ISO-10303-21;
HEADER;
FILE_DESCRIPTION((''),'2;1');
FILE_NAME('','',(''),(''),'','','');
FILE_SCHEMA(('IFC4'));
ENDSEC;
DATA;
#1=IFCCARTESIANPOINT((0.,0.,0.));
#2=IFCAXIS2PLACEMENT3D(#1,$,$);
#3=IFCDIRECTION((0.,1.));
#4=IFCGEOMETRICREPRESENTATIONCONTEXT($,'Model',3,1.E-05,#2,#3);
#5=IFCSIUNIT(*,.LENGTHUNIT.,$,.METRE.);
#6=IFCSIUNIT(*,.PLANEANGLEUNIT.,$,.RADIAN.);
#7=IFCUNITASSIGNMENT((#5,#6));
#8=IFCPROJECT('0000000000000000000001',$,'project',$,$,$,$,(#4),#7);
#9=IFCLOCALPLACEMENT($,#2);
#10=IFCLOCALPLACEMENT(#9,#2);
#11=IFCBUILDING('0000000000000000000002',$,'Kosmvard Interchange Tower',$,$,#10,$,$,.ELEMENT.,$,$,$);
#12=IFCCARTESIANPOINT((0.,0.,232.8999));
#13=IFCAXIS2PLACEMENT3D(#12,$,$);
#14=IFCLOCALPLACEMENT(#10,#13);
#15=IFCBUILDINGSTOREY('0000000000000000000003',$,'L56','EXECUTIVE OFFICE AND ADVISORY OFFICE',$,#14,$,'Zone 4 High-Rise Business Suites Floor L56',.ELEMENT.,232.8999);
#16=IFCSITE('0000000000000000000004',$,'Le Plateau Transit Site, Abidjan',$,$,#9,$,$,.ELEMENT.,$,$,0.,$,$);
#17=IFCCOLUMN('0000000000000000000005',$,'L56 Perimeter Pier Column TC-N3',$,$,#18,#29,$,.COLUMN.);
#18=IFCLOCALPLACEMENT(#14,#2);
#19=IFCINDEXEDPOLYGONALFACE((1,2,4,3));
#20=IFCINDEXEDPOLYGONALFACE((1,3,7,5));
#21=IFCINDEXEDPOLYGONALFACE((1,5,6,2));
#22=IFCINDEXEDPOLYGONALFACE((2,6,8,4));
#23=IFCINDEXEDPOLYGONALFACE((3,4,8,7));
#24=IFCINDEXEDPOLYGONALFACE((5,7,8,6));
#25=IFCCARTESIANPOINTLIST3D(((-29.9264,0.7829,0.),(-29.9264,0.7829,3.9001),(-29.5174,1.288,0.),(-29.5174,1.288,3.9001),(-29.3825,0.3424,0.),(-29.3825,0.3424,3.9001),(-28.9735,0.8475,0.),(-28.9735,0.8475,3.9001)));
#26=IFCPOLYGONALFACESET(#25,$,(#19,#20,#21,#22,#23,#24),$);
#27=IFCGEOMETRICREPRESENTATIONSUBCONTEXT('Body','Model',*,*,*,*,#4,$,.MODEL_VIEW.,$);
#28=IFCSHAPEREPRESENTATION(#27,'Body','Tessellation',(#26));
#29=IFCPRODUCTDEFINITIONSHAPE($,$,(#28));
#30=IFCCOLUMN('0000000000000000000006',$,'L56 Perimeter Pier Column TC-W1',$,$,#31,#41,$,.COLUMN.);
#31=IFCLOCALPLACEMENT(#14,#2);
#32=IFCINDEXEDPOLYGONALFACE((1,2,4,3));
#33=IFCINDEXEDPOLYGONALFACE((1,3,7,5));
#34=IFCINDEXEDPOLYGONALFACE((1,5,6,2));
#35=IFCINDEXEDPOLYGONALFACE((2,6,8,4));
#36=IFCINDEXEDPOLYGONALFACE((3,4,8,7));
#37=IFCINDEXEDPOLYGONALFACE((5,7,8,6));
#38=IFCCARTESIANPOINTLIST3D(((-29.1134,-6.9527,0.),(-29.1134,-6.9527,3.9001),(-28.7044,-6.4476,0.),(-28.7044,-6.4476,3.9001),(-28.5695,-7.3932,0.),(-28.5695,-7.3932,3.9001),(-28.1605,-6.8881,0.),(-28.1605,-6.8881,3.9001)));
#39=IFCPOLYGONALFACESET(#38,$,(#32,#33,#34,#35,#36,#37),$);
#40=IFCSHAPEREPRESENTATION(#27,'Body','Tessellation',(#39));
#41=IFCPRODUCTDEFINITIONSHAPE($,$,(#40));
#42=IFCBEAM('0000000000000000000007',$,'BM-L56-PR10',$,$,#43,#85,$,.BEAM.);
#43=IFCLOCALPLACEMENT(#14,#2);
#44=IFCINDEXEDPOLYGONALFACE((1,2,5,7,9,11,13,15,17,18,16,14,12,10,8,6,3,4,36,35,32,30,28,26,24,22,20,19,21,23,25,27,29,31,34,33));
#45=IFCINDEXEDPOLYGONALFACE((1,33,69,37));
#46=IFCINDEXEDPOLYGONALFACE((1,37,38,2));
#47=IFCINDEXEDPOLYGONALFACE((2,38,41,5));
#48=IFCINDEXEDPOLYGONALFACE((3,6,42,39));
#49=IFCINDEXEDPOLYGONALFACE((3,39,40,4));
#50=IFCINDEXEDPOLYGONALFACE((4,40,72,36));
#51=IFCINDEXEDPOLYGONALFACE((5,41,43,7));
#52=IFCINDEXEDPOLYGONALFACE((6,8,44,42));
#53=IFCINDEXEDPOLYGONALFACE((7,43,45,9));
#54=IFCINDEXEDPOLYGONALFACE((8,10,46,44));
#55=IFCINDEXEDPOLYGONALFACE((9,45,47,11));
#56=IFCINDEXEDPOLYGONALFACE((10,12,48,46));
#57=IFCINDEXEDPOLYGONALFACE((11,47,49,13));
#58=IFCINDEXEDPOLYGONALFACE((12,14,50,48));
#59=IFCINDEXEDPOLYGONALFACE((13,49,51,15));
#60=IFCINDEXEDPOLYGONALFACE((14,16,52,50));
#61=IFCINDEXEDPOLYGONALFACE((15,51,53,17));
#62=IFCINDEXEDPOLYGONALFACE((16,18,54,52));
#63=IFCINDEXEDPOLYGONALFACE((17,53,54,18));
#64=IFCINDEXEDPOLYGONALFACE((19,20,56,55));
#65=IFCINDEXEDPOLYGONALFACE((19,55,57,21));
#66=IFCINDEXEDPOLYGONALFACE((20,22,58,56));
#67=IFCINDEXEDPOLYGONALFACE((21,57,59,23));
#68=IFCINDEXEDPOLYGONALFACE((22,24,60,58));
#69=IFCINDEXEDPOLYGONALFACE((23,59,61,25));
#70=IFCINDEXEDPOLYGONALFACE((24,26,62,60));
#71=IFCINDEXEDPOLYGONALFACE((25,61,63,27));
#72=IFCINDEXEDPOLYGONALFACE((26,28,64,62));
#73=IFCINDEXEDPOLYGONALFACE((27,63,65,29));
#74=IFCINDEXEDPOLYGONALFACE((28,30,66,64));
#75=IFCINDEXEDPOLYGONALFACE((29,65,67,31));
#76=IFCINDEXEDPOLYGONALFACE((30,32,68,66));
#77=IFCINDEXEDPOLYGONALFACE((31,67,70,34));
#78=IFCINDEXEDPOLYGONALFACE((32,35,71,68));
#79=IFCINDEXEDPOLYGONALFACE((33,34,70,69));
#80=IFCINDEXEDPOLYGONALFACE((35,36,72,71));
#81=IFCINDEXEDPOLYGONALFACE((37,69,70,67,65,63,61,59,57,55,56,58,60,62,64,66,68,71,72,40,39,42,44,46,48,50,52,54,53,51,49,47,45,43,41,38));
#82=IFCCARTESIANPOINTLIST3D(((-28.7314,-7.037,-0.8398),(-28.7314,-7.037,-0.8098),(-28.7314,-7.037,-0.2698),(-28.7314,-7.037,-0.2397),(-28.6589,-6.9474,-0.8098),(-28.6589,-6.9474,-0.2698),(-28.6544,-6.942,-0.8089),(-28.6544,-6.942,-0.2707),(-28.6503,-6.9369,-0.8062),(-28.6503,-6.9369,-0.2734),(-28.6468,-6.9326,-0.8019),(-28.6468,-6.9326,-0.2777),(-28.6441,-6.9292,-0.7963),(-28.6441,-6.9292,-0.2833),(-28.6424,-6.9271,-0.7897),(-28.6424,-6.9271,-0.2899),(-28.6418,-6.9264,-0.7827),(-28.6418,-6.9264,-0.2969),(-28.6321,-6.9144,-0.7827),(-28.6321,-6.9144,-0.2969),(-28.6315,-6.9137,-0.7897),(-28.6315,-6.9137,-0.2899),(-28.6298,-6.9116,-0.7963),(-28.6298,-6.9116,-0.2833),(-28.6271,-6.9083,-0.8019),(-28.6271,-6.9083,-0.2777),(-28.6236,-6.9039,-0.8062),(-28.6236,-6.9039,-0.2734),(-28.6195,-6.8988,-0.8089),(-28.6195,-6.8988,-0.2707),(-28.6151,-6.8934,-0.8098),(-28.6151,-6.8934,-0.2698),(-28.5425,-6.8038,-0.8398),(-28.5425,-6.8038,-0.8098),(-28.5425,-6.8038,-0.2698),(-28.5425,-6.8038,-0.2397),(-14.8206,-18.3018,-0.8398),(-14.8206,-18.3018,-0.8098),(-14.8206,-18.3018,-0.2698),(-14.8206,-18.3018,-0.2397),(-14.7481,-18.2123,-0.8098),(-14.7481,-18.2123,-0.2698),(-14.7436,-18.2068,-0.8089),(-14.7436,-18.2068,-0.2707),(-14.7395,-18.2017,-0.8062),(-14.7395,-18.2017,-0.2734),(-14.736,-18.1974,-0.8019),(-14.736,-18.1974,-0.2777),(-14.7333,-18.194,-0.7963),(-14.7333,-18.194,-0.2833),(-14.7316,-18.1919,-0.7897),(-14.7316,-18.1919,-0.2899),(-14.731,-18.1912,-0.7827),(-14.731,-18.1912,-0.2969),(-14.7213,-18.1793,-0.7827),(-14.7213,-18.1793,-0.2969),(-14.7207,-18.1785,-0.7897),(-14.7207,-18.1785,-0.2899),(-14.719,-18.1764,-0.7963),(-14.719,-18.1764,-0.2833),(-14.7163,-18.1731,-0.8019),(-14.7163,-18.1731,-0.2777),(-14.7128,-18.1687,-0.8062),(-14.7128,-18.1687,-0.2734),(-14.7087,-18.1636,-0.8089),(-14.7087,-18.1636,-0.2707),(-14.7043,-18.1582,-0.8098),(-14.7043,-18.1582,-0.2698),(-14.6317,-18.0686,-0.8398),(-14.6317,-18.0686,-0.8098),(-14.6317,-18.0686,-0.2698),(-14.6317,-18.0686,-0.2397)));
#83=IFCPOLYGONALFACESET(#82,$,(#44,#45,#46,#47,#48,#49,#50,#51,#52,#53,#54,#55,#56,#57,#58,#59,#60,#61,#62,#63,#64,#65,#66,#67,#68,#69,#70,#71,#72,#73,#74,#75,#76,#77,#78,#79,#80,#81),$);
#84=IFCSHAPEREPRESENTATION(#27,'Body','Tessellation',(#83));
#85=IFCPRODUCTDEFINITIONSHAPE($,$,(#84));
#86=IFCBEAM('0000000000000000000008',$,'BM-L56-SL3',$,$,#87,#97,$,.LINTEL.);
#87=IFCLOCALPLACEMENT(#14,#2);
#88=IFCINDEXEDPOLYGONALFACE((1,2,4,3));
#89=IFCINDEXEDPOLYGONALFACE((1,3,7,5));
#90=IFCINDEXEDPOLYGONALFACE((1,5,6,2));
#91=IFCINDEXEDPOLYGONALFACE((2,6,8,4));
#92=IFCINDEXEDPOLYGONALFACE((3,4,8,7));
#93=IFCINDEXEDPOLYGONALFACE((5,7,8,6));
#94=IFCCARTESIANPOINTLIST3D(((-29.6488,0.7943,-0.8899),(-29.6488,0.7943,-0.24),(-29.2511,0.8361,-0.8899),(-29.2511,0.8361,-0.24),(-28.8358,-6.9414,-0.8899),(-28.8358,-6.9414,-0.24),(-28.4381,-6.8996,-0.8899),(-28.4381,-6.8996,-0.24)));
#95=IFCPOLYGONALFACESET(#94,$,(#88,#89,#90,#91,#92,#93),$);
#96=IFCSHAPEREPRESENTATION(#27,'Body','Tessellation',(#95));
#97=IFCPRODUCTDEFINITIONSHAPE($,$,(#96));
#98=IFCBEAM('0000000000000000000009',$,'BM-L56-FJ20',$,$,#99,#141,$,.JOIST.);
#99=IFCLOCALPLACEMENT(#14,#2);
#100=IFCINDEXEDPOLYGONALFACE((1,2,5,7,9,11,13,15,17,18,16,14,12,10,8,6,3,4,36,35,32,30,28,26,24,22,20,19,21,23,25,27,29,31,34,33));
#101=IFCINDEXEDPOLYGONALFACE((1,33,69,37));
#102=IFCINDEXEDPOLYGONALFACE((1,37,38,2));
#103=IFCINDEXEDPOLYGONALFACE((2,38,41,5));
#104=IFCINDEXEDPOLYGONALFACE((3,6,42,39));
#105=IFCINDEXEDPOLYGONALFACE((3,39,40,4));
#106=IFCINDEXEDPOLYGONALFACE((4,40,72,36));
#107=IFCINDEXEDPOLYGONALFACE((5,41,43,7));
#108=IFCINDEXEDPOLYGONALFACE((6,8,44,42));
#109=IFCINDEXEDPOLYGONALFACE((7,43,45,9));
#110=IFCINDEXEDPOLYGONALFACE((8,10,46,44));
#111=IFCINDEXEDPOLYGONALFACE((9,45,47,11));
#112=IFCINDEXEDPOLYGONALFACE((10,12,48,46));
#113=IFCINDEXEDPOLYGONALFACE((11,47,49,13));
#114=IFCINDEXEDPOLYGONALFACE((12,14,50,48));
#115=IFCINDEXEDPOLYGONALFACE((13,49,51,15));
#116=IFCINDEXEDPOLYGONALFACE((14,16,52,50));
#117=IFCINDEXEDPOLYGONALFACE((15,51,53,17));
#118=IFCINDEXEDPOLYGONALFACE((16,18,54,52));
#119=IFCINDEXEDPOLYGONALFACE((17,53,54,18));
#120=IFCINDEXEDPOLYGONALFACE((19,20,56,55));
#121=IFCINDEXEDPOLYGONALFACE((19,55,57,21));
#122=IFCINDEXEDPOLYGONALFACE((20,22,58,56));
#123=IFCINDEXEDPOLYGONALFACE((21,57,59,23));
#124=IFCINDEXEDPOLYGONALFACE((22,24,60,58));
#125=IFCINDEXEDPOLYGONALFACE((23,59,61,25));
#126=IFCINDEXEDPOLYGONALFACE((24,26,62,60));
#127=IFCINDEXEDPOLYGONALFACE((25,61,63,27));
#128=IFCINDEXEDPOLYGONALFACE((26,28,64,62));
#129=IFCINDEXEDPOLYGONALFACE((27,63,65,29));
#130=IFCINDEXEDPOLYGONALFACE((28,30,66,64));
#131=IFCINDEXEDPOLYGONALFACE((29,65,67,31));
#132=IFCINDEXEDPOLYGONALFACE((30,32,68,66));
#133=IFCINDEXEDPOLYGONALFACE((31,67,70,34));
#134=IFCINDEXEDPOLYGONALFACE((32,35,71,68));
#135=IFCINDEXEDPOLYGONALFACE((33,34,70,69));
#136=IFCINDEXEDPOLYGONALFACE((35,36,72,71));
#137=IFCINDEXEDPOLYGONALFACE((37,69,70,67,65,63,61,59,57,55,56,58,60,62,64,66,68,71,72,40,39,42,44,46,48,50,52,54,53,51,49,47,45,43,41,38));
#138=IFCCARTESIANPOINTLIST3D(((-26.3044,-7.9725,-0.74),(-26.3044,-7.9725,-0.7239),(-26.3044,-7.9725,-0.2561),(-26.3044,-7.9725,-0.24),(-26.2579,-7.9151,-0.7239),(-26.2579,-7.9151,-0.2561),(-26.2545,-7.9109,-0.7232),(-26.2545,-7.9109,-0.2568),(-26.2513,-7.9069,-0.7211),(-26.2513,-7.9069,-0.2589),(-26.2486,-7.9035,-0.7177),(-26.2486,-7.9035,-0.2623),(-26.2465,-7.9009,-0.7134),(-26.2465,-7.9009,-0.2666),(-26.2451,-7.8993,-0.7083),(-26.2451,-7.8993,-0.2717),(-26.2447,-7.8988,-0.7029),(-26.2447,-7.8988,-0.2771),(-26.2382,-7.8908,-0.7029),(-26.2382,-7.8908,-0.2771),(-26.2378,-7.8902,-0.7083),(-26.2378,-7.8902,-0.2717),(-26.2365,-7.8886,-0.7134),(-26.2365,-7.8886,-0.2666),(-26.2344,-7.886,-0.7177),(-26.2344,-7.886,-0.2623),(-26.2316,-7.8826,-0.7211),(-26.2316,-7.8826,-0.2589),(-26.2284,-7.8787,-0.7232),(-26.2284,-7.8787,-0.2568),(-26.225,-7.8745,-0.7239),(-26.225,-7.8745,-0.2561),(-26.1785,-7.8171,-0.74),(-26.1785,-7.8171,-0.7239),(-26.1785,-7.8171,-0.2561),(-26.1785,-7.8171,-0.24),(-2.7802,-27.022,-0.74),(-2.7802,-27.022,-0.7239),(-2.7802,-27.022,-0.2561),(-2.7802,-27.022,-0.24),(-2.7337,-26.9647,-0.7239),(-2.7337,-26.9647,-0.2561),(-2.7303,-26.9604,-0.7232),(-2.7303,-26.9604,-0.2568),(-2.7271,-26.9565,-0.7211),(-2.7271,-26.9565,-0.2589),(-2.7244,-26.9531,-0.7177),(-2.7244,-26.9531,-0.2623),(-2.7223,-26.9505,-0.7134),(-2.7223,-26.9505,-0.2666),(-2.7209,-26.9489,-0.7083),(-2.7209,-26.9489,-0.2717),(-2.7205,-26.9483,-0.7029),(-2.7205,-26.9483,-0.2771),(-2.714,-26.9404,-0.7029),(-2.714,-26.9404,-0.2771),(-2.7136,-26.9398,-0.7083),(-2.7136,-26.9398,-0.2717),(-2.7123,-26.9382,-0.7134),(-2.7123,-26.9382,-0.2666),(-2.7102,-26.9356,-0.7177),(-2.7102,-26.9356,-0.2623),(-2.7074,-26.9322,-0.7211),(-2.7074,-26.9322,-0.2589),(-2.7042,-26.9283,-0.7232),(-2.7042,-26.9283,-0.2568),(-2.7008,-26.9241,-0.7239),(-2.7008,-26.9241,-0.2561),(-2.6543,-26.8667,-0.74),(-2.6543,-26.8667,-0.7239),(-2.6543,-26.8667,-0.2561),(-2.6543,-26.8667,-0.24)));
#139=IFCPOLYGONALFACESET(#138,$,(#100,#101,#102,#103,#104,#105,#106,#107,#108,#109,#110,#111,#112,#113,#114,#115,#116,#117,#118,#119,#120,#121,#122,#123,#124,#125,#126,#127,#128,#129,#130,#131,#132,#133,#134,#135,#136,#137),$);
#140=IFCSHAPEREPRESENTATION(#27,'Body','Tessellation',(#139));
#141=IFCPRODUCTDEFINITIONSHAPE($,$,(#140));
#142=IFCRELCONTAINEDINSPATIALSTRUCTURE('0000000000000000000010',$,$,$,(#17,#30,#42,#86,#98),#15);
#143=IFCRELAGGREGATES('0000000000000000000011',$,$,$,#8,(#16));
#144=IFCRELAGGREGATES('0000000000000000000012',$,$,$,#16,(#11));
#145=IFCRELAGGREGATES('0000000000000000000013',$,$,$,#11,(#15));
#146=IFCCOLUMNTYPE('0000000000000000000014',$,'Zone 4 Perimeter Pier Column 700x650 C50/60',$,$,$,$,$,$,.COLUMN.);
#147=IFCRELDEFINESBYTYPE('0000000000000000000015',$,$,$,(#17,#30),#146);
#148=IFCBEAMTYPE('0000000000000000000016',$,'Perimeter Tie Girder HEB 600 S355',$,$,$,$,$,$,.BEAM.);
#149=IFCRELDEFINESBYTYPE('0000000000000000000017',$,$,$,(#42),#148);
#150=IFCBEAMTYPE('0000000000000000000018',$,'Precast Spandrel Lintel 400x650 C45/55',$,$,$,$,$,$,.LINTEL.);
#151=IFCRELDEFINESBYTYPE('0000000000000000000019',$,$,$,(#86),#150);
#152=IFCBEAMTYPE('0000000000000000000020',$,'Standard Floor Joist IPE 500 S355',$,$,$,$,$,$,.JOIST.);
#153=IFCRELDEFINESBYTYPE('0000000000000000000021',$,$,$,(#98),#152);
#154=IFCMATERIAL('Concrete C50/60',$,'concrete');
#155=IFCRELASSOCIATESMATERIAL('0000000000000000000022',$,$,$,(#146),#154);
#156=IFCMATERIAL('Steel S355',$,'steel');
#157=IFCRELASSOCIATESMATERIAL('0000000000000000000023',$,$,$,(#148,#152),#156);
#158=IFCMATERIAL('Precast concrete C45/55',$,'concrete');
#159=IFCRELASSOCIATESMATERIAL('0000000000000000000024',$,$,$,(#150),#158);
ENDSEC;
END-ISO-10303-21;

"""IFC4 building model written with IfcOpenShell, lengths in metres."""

from ifc_helpers import new_model, si_unit, direction, frame, origin, origin_2d, place, context, subcontext, project, spatial, rectangle, i_section, extrude, source, transform, mapped, material, material_profile, profile_set, type_object, element, save


model = new_model("IFC4")

# Units and contexts
model_context = context("Model", 3, precision=1e-05, world=origin(), true_north=direction((0.0, 1.0)))
body_context = subcontext(model_context, "Body", "Model", "MODEL_VIEW")
ifc_project = project(units=[si_unit("LENGTHUNIT", "METRE"), si_unit("PLANEANGLEUNIT", "RADIAN")], contexts=[model_context])

# Site, building, storey
site_placement = place(None, origin())
site = spatial("IfcSite", under=ifc_project, at=site_placement, Name="Le Plateau Transit Site, Abidjan", CompositionType="ELEMENT", RefElevation=0.0)
building_placement = place(site_placement, origin())
building = spatial("IfcBuilding", under=site, at=building_placement, Name="Kosmvard Interchange Tower", CompositionType="ELEMENT")
storey_placement = place(building_placement, frame((0.0, 0.0, 232.8999)))
storey = spatial("IfcBuildingStorey", under=building, at=storey_placement, Name="L56", Description="EXECUTIVE OFFICE AND ADVISORY OFFICE", LongName="Zone 4 High-Rise Business Suites Floor L56", CompositionType="ELEMENT", Elevation=232.8999)

# Columns
ifc_material_1 = material(Name="Concrete C50/60", Category="concrete")
ifc_material_profile_1 = material_profile(ifc_material_1, rectangle(XDim=0.6499, YDim=0.7, at=origin_2d()), Name="TC 700x650")
ifc_profile_set_1 = profile_set([ifc_material_profile_1], Name="Concrete C50/60")
column_type = type_object("IfcColumnType", Name="Zone 4 Perimeter Pier Column 700x650 C50/60", PredefinedType="COLUMN", material=ifc_profile_set_1)
shared_shape_1 = source(origin(), body_context, "Body", "SweptSolid", [
    extrude(rectangle(XDim=0.6499, YDim=0.7, at=origin_2d()), origin(), (0.0, 0.0, 1.0), 3.9001),
])
for number, where, z_axis, x_axis, name in (
    (1, (-29.45, 0.8152, 0.0), (0.0, 0.0, 1.0), (0.62932, 0.777146, 0.0), "L56 Perimeter Pier Column TC-N3"),
    (2, (-28.637, -6.9204, 0.0), (0.0, 0.0, 1.0), (0.62932, 0.777146, 0.0), "L56 Perimeter Pier Column TC-W1"),
):
    element("IfcColumn", number, at=place(storey_placement, frame(where, z_axis=z_axis, x_axis=x_axis)), inside=storey, type_object=column_type, Name=name, PredefinedType="COLUMN", context=body_context, shape_type="MappedRepresentation", body=[
        mapped(shared_shape_1, transform((0.0, 0.0, 0.0), scale=1.0)),
    ])

# Beams
ifc_material_2 = material(Name="Steel S355", Category="steel")
ifc_material_profile_2 = material_profile(ifc_material_2, i_section(OverallWidth=0.3, OverallDepth=0.6001, WebThickness=0.0154, FlangeThickness=0.03, FilletRadius=0.0271, at=origin_2d()), Name="HEB 600")
ifc_profile_set_2 = profile_set([ifc_material_profile_2], Name="Steel S355")
beam_type_1 = type_object("IfcBeamType", Name="Perimeter Tie Girder HEB 600 S355", PredefinedType="BEAM", material=ifc_profile_set_2)
shared_shape_2 = source(origin(), body_context, "Body", "SweptSolid", [
    extrude(i_section(OverallWidth=0.3, OverallDepth=0.6001, WebThickness=0.0154, FlangeThickness=0.03, FilletRadius=0.0271, at=origin_2d()), origin(), (0.0, 0.0, 1.0), 17.8999),
])
beam_1_placement = place(storey_placement, frame((-28.637, -6.9204, -0.5398), z_axis=(0.777144, -0.629323, 0.0), x_axis=(0.629323, 0.777144, 0.0)))
element("IfcBeam", 3, at=beam_1_placement, inside=storey, type_object=beam_type_1, Name="BM-L56-PR10", PredefinedType="BEAM", context=body_context, shape_type="MappedRepresentation", body=[
    mapped(shared_shape_2, transform((0.0, 0.0, 0.0), scale=1.0)),
])
ifc_material_3 = material(Name="Precast concrete C45/55", Category="concrete")
ifc_material_profile_3 = material_profile(ifc_material_3, rectangle(XDim=0.3999, YDim=0.6499, at=origin_2d()), Name="SL 400x650")
ifc_profile_set_3 = profile_set([ifc_material_profile_3], Name="Precast concrete C45/55")
beam_type_2 = type_object("IfcBeamType", Name="Precast Spandrel Lintel 400x650 C45/55", PredefinedType="LINTEL", material=ifc_profile_set_3)
shared_shape_3 = source(origin(), body_context, "Body", "SweptSolid", [
    extrude(rectangle(XDim=0.3999, YDim=0.6499, at=origin_2d()), origin(), (0.0, 0.0, 1.0), 7.7783),
])
beam_2_placement = place(storey_placement, frame((-29.45, 0.8152, -0.5649), z_axis=(0.104521, -0.994523, 0.0), x_axis=(0.994523, 0.104521, 0.0)))
element("IfcBeam", 4, at=beam_2_placement, inside=storey, type_object=beam_type_2, Name="BM-L56-SL3", PredefinedType="LINTEL", context=body_context, shape_type="MappedRepresentation", body=[
    mapped(shared_shape_3, transform((0.0, 0.0, 0.0), scale=1.0)),
])
ifc_material_profile_4 = material_profile(ifc_material_2, i_section(OverallWidth=0.2, OverallDepth=0.5, WebThickness=0.0103, FlangeThickness=0.0161, FilletRadius=0.021, at=origin_2d()), Name="IPE 500")
ifc_profile_set_4 = profile_set([ifc_material_profile_4], Name="Steel S355")
beam_type_3 = type_object("IfcBeamType", Name="Standard Floor Joist IPE 500 S355", PredefinedType="JOIST", material=ifc_profile_set_4)
shared_shape_4 = source(origin(), body_context, "Body", "SweptSolid", [
    extrude(i_section(OverallWidth=0.2, OverallDepth=0.5, WebThickness=0.0103, FlangeThickness=0.0161, FilletRadius=0.021, at=origin_2d()), origin(), (0.0, 0.0, 1.0), 30.27),
])
beam_3_placement = place(storey_placement, frame((-26.2415, -7.8948, -0.49), z_axis=(0.777145, -0.629322, 0.0), x_axis=(0.629322, 0.777145, 0.0)))
element("IfcBeam", 5, at=beam_3_placement, inside=storey, type_object=beam_type_3, Name="BM-L56-FJ20", PredefinedType="JOIST", context=body_context, shape_type="MappedRepresentation", body=[
    mapped(shared_shape_4, transform((0.0, 0.0, 0.0), scale=1.0)),
])

save(model, "model.ifc")
